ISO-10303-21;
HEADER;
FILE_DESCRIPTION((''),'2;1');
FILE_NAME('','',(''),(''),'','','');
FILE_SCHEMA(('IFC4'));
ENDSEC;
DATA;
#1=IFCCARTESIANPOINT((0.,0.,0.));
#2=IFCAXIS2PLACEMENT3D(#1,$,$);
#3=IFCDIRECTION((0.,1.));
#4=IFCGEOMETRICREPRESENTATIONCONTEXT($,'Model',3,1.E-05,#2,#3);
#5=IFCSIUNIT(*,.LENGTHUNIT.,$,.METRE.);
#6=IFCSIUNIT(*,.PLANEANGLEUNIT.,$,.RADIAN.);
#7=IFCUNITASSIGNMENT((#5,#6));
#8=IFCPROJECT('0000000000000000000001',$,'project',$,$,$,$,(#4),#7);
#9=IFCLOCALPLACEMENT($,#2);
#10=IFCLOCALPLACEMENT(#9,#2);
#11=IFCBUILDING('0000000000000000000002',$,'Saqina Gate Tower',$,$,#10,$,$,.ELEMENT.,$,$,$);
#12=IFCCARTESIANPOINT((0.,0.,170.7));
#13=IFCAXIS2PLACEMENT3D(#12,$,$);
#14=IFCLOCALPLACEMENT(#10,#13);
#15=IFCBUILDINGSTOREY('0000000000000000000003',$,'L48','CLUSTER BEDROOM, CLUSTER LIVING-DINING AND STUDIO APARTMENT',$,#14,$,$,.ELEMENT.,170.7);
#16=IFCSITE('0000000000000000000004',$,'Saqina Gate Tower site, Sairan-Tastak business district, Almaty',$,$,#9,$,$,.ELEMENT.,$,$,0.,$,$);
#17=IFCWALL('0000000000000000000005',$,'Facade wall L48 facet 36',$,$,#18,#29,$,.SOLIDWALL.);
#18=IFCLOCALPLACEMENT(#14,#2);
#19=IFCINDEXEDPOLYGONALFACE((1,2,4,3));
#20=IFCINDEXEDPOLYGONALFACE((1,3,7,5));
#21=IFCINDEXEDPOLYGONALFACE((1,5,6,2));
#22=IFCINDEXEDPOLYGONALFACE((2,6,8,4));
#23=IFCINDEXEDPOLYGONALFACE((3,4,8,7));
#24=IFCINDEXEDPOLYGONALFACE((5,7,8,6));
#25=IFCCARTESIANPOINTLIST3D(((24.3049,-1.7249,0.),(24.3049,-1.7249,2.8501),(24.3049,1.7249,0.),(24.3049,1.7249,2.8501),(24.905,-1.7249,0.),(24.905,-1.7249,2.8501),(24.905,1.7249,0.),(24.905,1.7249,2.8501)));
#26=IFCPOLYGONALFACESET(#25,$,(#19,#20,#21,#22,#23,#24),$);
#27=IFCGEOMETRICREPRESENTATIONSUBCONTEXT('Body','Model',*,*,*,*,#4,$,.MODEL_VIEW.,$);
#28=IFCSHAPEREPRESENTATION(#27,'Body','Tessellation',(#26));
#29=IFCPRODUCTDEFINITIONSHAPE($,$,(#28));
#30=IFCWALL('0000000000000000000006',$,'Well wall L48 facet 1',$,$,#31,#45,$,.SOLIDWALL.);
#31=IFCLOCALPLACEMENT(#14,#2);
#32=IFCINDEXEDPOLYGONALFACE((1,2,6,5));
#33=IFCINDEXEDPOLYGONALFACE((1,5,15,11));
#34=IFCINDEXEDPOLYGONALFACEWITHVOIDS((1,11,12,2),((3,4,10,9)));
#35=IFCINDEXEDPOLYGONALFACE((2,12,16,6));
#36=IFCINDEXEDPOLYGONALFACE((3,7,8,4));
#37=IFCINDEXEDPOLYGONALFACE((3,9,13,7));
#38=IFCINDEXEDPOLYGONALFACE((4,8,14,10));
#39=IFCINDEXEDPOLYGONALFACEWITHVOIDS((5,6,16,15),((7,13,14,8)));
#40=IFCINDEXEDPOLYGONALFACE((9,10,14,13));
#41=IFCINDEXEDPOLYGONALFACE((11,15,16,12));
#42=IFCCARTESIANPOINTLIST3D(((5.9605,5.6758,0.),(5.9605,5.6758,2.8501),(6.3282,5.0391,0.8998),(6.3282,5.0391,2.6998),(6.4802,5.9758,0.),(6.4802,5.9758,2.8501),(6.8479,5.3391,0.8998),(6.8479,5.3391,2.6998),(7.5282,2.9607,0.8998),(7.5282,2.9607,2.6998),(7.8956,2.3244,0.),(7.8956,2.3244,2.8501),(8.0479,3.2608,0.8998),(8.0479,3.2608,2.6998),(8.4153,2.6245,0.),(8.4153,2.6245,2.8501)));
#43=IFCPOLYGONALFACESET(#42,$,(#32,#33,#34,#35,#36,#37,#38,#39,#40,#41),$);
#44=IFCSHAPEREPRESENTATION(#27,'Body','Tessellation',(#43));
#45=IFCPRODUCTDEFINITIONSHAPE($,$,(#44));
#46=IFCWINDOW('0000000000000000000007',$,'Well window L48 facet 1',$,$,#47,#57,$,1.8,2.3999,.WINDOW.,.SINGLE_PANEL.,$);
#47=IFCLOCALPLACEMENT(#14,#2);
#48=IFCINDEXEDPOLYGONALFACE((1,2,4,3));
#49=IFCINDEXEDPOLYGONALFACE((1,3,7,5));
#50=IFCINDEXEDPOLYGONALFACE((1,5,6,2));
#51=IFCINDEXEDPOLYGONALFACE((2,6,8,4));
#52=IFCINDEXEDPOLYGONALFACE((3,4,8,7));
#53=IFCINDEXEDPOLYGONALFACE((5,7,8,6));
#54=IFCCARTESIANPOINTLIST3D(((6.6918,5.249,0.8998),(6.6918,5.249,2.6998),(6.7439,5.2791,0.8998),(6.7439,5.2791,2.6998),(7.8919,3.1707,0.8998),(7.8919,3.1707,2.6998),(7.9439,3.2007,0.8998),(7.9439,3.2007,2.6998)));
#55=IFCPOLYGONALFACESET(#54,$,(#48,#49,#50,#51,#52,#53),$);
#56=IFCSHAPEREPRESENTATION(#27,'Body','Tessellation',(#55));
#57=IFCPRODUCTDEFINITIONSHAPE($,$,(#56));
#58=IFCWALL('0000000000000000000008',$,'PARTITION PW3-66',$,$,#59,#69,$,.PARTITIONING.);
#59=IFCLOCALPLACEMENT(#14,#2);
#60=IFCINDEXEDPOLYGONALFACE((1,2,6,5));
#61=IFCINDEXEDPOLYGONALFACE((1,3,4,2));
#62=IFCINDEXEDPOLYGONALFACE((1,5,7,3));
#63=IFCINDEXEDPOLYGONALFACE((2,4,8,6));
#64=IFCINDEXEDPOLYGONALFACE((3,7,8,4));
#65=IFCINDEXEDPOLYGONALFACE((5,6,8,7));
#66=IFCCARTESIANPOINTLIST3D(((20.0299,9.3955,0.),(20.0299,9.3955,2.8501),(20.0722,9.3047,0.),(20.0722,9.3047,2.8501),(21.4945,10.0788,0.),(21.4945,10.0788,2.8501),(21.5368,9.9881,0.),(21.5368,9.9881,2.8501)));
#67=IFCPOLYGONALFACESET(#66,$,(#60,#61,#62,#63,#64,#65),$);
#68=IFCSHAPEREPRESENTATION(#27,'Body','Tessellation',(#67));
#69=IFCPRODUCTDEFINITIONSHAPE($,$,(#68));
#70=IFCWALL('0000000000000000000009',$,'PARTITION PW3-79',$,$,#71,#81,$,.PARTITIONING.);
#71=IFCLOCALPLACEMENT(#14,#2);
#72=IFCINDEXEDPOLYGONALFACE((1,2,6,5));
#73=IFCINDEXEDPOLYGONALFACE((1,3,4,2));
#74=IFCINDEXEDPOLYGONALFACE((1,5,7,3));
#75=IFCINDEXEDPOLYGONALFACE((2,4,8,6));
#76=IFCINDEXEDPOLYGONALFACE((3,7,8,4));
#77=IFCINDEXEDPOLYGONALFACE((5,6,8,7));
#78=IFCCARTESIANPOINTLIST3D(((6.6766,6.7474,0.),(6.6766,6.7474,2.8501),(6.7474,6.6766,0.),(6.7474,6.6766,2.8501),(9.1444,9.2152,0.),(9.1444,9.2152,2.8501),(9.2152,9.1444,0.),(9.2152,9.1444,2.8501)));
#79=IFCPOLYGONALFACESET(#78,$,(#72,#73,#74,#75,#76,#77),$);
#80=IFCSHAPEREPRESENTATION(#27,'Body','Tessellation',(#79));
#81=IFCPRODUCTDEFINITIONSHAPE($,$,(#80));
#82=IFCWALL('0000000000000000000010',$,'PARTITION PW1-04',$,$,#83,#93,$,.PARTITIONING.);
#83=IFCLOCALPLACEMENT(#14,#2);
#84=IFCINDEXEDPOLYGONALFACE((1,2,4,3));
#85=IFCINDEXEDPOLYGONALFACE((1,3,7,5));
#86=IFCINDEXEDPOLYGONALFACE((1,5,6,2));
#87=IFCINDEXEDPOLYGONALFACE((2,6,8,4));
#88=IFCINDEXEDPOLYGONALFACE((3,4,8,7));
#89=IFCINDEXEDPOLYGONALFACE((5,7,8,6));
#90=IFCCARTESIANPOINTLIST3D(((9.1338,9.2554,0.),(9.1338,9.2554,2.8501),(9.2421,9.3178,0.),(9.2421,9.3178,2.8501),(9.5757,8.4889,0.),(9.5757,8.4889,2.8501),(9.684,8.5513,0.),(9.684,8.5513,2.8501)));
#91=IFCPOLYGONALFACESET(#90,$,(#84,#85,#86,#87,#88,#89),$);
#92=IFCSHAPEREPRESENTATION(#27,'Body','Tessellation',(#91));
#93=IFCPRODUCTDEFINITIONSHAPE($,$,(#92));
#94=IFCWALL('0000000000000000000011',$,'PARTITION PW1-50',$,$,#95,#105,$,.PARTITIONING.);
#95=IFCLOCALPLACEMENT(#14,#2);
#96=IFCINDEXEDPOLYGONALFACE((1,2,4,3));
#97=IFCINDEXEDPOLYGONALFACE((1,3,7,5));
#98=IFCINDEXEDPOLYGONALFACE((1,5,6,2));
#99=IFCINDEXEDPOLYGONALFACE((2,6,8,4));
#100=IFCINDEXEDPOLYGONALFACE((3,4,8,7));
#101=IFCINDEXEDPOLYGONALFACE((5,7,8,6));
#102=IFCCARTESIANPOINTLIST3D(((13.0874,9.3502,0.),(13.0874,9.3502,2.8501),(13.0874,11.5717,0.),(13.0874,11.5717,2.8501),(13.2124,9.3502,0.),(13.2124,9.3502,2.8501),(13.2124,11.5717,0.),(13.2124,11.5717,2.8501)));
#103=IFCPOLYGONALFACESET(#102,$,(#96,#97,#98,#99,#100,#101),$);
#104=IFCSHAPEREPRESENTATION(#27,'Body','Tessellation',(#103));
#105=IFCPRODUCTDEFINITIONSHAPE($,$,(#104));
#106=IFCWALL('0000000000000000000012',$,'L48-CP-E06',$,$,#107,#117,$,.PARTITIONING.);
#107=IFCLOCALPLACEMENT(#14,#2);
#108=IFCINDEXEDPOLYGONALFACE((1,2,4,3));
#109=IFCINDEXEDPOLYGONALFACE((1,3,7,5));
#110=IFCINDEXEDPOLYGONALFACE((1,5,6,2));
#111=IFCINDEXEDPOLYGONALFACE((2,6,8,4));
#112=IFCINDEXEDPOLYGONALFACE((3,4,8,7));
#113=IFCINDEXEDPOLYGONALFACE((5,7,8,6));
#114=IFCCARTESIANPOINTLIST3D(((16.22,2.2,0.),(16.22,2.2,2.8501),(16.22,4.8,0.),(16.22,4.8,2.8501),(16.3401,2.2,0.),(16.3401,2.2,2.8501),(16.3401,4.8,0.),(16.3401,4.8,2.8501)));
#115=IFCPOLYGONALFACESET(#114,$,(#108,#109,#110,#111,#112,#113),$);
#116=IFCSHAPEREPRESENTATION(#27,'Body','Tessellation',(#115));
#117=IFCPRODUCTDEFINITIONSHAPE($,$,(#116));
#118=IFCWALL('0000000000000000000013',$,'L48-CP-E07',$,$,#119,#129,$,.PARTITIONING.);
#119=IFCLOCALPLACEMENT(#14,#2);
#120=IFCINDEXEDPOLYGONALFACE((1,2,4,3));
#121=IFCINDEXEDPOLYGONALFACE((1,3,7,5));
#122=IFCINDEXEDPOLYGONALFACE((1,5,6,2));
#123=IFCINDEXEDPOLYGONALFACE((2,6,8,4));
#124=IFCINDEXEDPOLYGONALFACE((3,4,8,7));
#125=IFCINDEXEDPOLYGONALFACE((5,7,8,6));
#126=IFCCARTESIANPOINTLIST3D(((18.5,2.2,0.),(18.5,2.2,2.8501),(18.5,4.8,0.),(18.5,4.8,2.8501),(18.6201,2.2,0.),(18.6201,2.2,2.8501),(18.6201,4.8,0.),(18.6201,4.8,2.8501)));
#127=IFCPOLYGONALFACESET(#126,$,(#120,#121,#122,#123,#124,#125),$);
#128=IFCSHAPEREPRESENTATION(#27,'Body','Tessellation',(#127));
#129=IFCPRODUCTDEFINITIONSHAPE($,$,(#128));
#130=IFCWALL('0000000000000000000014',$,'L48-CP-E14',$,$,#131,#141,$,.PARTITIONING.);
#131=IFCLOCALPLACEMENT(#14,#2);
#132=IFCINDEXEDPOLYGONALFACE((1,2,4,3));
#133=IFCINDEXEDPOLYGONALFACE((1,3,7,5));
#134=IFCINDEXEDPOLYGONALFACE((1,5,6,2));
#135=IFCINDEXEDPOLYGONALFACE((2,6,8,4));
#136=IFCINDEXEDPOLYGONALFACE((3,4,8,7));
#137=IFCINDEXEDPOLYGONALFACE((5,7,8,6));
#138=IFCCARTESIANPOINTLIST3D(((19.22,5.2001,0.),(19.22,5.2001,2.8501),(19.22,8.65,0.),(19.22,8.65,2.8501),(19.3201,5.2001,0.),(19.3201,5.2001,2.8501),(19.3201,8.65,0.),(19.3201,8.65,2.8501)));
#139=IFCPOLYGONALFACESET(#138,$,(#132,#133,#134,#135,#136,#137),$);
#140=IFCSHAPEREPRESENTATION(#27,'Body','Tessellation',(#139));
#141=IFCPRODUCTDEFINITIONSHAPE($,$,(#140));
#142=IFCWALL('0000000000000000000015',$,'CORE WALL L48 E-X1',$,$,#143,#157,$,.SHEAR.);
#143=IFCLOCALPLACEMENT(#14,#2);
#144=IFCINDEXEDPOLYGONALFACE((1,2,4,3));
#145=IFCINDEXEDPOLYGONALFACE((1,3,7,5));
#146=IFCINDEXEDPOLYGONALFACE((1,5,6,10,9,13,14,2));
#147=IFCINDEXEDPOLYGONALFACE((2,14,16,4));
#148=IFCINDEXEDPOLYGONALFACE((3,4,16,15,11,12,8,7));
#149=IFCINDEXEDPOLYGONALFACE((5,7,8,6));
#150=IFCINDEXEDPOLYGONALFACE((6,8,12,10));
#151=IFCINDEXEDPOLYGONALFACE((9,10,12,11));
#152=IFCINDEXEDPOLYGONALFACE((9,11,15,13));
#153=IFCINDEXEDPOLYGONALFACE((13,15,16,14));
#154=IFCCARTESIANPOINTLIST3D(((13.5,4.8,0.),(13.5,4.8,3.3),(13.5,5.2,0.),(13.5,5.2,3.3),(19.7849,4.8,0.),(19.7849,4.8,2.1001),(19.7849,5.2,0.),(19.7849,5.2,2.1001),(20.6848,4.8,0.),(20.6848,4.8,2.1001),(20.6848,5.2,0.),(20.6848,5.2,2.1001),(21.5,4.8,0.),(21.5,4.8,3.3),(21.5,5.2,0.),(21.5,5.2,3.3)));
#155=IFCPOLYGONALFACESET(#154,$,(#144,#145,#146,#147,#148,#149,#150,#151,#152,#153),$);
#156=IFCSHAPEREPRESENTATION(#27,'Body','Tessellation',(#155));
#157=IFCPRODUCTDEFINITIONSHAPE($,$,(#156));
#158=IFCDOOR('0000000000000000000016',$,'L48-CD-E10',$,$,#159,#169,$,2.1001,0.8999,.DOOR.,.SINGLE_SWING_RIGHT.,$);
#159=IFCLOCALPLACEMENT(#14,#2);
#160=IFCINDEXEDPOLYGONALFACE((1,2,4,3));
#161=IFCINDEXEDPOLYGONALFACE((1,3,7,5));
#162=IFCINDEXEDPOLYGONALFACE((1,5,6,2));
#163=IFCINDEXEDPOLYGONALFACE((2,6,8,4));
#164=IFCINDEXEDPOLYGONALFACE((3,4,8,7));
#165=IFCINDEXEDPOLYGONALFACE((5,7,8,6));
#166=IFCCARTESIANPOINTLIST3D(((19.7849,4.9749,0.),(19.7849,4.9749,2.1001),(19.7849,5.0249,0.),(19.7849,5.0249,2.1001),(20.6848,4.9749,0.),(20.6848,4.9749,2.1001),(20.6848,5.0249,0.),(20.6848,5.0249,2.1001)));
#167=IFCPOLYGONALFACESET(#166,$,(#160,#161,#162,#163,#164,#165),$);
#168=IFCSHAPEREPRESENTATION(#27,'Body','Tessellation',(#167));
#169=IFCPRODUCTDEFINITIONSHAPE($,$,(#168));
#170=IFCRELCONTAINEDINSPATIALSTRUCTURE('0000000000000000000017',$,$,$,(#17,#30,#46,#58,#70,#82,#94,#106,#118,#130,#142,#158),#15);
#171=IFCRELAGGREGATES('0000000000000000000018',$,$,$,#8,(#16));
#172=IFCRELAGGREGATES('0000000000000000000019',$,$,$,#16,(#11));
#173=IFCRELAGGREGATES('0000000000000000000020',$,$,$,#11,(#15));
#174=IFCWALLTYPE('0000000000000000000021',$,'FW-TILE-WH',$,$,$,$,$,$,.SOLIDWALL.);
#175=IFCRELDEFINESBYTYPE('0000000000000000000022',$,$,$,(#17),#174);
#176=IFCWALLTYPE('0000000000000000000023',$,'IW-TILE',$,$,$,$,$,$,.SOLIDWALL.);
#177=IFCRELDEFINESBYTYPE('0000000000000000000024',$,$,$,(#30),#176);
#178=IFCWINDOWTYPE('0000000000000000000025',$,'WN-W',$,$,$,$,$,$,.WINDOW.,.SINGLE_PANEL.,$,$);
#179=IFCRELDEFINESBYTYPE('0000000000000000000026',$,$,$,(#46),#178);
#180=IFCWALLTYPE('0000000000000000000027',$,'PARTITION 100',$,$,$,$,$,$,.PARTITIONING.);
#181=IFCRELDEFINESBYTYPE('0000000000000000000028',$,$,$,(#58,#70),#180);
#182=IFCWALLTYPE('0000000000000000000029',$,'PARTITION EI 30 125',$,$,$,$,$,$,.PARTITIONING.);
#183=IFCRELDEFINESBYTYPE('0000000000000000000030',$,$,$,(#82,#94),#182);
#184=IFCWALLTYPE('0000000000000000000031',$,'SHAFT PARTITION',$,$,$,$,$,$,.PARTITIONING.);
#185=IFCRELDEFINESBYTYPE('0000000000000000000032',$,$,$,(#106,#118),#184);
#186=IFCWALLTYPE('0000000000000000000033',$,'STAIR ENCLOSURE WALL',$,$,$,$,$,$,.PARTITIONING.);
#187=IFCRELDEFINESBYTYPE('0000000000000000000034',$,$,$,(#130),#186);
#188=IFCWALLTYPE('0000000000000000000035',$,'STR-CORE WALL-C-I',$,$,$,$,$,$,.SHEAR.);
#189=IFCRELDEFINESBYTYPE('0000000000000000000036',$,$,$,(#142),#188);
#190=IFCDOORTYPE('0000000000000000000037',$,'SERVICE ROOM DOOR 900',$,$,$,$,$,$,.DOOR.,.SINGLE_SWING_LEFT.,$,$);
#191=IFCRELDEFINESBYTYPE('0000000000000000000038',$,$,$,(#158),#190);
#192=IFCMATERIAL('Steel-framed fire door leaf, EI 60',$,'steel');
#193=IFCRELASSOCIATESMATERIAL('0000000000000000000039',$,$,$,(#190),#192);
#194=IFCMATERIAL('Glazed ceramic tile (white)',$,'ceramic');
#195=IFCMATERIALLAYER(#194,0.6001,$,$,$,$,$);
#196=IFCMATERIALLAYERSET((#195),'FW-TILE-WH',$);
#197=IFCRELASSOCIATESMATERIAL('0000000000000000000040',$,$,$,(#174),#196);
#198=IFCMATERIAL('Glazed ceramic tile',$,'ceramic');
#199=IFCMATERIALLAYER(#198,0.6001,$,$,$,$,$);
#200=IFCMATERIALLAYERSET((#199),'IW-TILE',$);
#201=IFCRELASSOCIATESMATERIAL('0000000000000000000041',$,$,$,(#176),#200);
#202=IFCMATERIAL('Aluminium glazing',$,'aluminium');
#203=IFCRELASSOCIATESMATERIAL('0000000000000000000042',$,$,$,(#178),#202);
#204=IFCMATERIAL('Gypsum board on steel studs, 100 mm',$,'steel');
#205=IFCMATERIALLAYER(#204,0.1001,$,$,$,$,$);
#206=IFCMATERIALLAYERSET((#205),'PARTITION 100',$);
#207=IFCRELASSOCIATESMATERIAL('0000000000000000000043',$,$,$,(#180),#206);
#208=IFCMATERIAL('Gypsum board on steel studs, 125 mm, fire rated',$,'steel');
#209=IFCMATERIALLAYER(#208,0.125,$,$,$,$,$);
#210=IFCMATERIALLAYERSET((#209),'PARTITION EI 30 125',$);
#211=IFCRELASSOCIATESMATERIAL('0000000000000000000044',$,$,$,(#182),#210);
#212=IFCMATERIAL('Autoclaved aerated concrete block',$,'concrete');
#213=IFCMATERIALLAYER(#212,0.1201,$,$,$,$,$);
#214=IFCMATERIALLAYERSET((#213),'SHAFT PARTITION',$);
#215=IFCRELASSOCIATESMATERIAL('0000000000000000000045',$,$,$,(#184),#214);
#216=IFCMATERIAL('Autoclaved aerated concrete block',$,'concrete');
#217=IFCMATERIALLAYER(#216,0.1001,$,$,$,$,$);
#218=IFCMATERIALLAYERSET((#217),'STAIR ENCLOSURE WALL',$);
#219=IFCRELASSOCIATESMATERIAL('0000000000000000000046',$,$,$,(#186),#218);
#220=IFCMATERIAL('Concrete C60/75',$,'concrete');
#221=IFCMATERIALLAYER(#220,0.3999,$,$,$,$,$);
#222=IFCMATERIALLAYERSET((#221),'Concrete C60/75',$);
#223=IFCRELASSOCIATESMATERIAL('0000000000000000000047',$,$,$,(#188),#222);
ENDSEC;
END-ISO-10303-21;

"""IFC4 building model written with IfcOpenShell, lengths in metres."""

from ifc_helpers import new_model, si_unit, direction, frame, frame_2d, origin, place, context, subcontext, project, spatial, rectangle, extrude, material, layer, layer_set, type_object, element, fill, save


model = new_model("IFC4")

# Units and contexts
model_context = context("Model", 3, precision=1e-05, world=origin(), true_north=direction((0.0, 1.0)))
body_context = subcontext(model_context, "Body", "Model", "MODEL_VIEW")
ifc_project = project(units=[si_unit("LENGTHUNIT", "METRE"), si_unit("PLANEANGLEUNIT", "RADIAN")], contexts=[model_context])

# Site, building, storey
site_placement = place(None, origin())
site = spatial("IfcSite", under=ifc_project, at=site_placement, Name="Saqina Gate Tower site, Sairan-Tastak business district, Almaty", CompositionType="ELEMENT", RefElevation=0.0)
building_placement = place(site_placement, origin())
building = spatial("IfcBuilding", under=site, at=building_placement, Name="Saqina Gate Tower", CompositionType="ELEMENT")
storey_placement = place(building_placement, frame((0.0, 0.0, 170.7)))
storey = spatial("IfcBuildingStorey", under=building, at=storey_placement, Name="L48", Description="CLUSTER BEDROOM, CLUSTER LIVING-DINING AND STUDIO APARTMENT", CompositionType="ELEMENT", Elevation=170.7)

# Shared definitions
ifc_material_1 = material(Name="Steel-framed fire door leaf, EI 60", Category="steel")
door_type_1 = type_object("IfcDoorType", Name="SERVICE ROOM DOOR 900", OperationType="SINGLE_SWING_LEFT", PredefinedType="DOOR", material=ifc_material_1)

# Wall
ifc_material_2 = material(Name="Glazed ceramic tile (white)", Category="ceramic")
ifc_layer_1 = layer(ifc_material_2, 0.6001)
ifc_layer_set_1 = layer_set([ifc_layer_1], Name="FW-TILE-WH")
wall_type_1 = type_object("IfcWallType", Name="FW-TILE-WH", PredefinedType="SOLIDWALL", material=ifc_layer_set_1)
wall_1_placement = place(storey_placement, frame((24.605, -1.7249, 0.0), z_axis=(0.0, 0.0, 1.0), x_axis=(0.0, 1.0, 0.0)))
element("IfcWall", 1, at=wall_1_placement, inside=storey, type_object=wall_type_1, Name="Facade wall L48 facet 36", PredefinedType="SOLIDWALL", context=body_context, shape_type="SweptSolid", body=[
    extrude(rectangle(XDim=3.4497, YDim=0.6001, at=frame_2d((1.7249, 0.0))), origin(), (0.0, 0.0, 1.0), 2.8501),
])

# Wall, opening, window
ifc_material_3 = material(Name="Glazed ceramic tile", Category="ceramic")
ifc_layer_2 = layer(ifc_material_3, 0.6001)
ifc_layer_set_2 = layer_set([ifc_layer_2], Name="IW-TILE")
wall_type_2 = type_object("IfcWallType", Name="IW-TILE", PredefinedType="SOLIDWALL", material=ifc_layer_set_2)
wall_2_placement = place(storey_placement, frame((8.1555, 2.4744, 0.0), z_axis=(0.0, 0.0, 1.0), x_axis=(-0.500034, 0.866006, 0.0)))
wall_2 = element("IfcWall", 2, at=wall_2_placement, inside=storey, type_object=wall_type_2, Name="Well wall L48 facet 1", PredefinedType="SOLIDWALL", context=body_context, shape_type="SweptSolid", body=[
    extrude(rectangle(XDim=3.8699, YDim=0.6001, at=frame_2d((1.9351, 0.0))), origin(), (0.0, 0.0, 1.0), 2.8501),
])
opening_1_placement = place(wall_2_placement, frame((0.7349, 0.0, 0.8999)))
opening_1 = element("IfcOpeningElement", 3, at=opening_1_placement, cuts=wall_2, PredefinedType="OPENING", context=body_context, shape_type="SweptSolid", body=[
    extrude(rectangle(XDim=2.3999, YDim=1.8, at=frame_2d((1.2, 0.8999))), frame((0.0, 0.312, 0.0), z_axis=(0.0, -1.0, 0.0), x_axis=(1.0, 0.0, 0.0)), (0.0, 0.0, 1.0), 0.624),
])
ifc_material_4 = material(Name="Aluminium glazing", Category="aluminium")
window_type = type_object("IfcWindowType", Name="WN-W", PartitioningType="SINGLE_PANEL", PredefinedType="WINDOW", material=ifc_material_4)
window_placement = place(opening_1_placement, origin())
window = element("IfcWindow", 4, at=window_placement, inside=storey, type_object=window_type, Name="Well window L48 facet 1", OverallHeight=1.8, OverallWidth=2.3999, PartitioningType="SINGLE_PANEL", PredefinedType="WINDOW", context=body_context, shape_type="SweptSolid", body=[
    extrude(rectangle(XDim=2.3999, YDim=1.8, at=frame_2d((1.2, 0.8999))), frame((0.0, -0.1199, 0.0), z_axis=(0.0, -1.0, 0.0), x_axis=(1.0, 0.0, 0.0)), (0.0, 0.0, 1.0), 0.0601),
])
fill(opening_1, window)

# Walls
ifc_material_5 = material(Name="Gypsum board on steel studs, 100 mm", Category="steel")
ifc_layer_3 = layer(ifc_material_5, 0.1001)
ifc_layer_set_3 = layer_set([ifc_layer_3], Name="PARTITION 100")
wall_type_3 = type_object("IfcWallType", Name="PARTITION 100", PredefinedType="PARTITIONING", material=ifc_layer_set_3)
wall_3_placement = place(storey_placement, frame((20.051, 9.3501, 0.0), z_axis=(0.0, 0.0, 1.0), x_axis=(0.906214, 0.422819, 0.0)))
element("IfcWall", 5, at=wall_3_placement, inside=storey, type_object=wall_type_3, Name="PARTITION PW3-66", PredefinedType="PARTITIONING", context=body_context, shape_type="SweptSolid", body=[
    extrude(rectangle(XDim=1.6162, YDim=0.1001, at=frame_2d((0.8081, 0.0))), origin(), (0.0, 0.0, 1.0), 2.8501),
])
wall_4_placement = place(storey_placement, frame((6.7119, 6.7119, 0.0), z_axis=(0.0, 0.0, 1.0), x_axis=(0.707107, 0.707107, 0.0)))
element("IfcWall", 6, at=wall_4_placement, inside=storey, type_object=wall_type_3, Name="PARTITION PW3-79", PredefinedType="PARTITIONING", context=body_context, shape_type="SweptSolid", body=[
    extrude(rectangle(XDim=3.49, YDim=0.1001, at=frame_2d((1.7451, 0.0))), origin(), (0.0, 0.0, 1.0), 2.8501),
])
ifc_material_6 = material(Name="Gypsum board on steel studs, 125 mm, fire rated", Category="steel")
ifc_layer_4 = layer(ifc_material_6, 0.125)
ifc_layer_set_4 = layer_set([ifc_layer_4], Name="PARTITION EI 30 125")
wall_type_4 = type_object("IfcWallType", Name="PARTITION EI 30 125", PredefinedType="PARTITIONING", material=ifc_layer_set_4)
wall_5_placement = place(storey_placement, frame((9.188, 9.2866, 0.0), z_axis=(0.0, 0.0, 1.0), x_axis=(0.499404, -0.866369, 0.0)))
element("IfcWall", 7, at=wall_5_placement, inside=storey, type_object=wall_type_4, Name="PARTITION PW1-04", PredefinedType="PARTITIONING", context=body_context, shape_type="SweptSolid", body=[
    extrude(rectangle(XDim=0.8848, YDim=0.125, at=frame_2d((0.4424, 0.0))), origin(), (0.0, 0.0, 1.0), 2.8501),
])
wall_6_placement = place(storey_placement, frame((13.1499, 9.3501, 0.0), z_axis=(0.0, 0.0, 1.0), x_axis=(0.0, 1.0, 0.0)))
element("IfcWall", 8, at=wall_6_placement, inside=storey, type_object=wall_type_4, Name="PARTITION PW1-50", PredefinedType="PARTITIONING", context=body_context, shape_type="SweptSolid", body=[
    extrude(rectangle(XDim=2.2214, YDim=0.125, at=frame_2d((1.1108, 0.0))), origin(), (0.0, 0.0, 1.0), 2.8501),
])
ifc_material_7 = material(Name="Autoclaved aerated concrete block", Category="concrete")
ifc_layer_5 = layer(ifc_material_7, 0.1201)
ifc_layer_set_5 = layer_set([ifc_layer_5], Name="SHAFT PARTITION")
wall_type_5 = type_object("IfcWallType", Name="SHAFT PARTITION", PredefinedType="PARTITIONING", material=ifc_layer_set_5)
for number, where, z_axis, x_axis, name in (
    (9, (16.28, 2.2, 0.0), (0.0, 0.0, 1.0), (0.0, 1.0, 0.0), "L48-CP-E06"),
    (10, (18.5601, 2.2, 0.0), (0.0, 0.0, 1.0), (0.0, 1.0, 0.0), "L48-CP-E07"),
):
    element("IfcWall", number, at=place(storey_placement, frame(where, z_axis=z_axis, x_axis=x_axis)), inside=storey, type_object=wall_type_5, Name=name, PredefinedType="PARTITIONING", context=body_context, shape_type="SweptSolid", body=[
        extrude(rectangle(XDim=2.6001, YDim=0.1201, at=frame_2d((1.3, 0.0))), origin(), (0.0, 0.0, 1.0), 2.8501),
    ])
ifc_material_8 = material(Name="Autoclaved aerated concrete block", Category="concrete")
ifc_layer_6 = layer(ifc_material_8, 0.1001)
ifc_layer_set_6 = layer_set([ifc_layer_6], Name="STAIR ENCLOSURE WALL")
wall_type_6 = type_object("IfcWallType", Name="STAIR ENCLOSURE WALL", PredefinedType="PARTITIONING", material=ifc_layer_set_6)
wall_7_placement = place(storey_placement, frame((19.27, 5.2, 0.0), z_axis=(0.0, 0.0, 1.0), x_axis=(0.0, 1.0, 0.0)))
element("IfcWall", 11, at=wall_7_placement, inside=storey, type_object=wall_type_6, Name="L48-CP-E14", PredefinedType="PARTITIONING", context=body_context, shape_type="SweptSolid", body=[
    extrude(rectangle(XDim=3.45, YDim=0.1001, at=frame_2d((1.7251, 0.0))), origin(), (0.0, 0.0, 1.0), 2.8501),
])

# Wall, opening, door
ifc_material_9 = material(Name="Concrete C60/75", Category="concrete")
ifc_layer_7 = layer(ifc_material_9, 0.3999)
ifc_layer_set_7 = layer_set([ifc_layer_7], Name="Concrete C60/75")
wall_type_7 = type_object("IfcWallType", Name="STR-CORE WALL-C-I", PredefinedType="SHEAR", material=ifc_layer_set_7)
wall_8_placement = place(storey_placement, frame((13.5, 5.0, 0.0), z_axis=(0.0, 0.0, 1.0), x_axis=(1.0, 0.0, 0.0)))
wall_8 = element("IfcWall", 12, at=wall_8_placement, inside=storey, type_object=wall_type_7, Name="CORE WALL L48 E-X1", PredefinedType="SHEAR", context=body_context, shape_type="SweptSolid", body=[
    extrude(rectangle(XDim=8.0, YDim=0.3999, at=frame_2d((4.0, 0.0))), origin(), (0.0, 0.0, 1.0), 3.3),
])
opening_2_placement = place(wall_8_placement, frame((6.2849, 0.0, 0.0)))
opening_2 = element("IfcOpeningElement", 13, at=opening_2_placement, cuts=wall_8, PredefinedType="OPENING", context=body_context, shape_type="SweptSolid", body=[
    extrude(rectangle(XDim=0.8999, YDim=2.1001, at=frame_2d((0.45, 1.05))), frame((0.0, 0.2119, 0.0), z_axis=(0.0, -1.0, 0.0), x_axis=(1.0, 0.0, 0.0)), (0.0, 0.0, 1.0), 0.4238),
])
door_1_placement = place(opening_2_placement, origin())
door_1 = element("IfcDoor", 14, at=door_1_placement, inside=storey, type_object=door_type_1, Name="L48-CD-E10", OperationType="SINGLE_SWING_RIGHT", OverallHeight=2.1001, OverallWidth=0.8999, PredefinedType="DOOR", context=body_context, shape_type="SweptSolid", body=[
    extrude(rectangle(XDim=0.8999, YDim=2.1001, at=frame_2d((0.45, 1.05))), frame((0.0, 0.0249, 0.0), z_axis=(0.0, -1.0, 0.0), x_axis=(1.0, 0.0, 0.0)), (0.0, 0.0, 1.0), 0.05),
])
fill(opening_2, door_1)

save(model, "model.ifc")
